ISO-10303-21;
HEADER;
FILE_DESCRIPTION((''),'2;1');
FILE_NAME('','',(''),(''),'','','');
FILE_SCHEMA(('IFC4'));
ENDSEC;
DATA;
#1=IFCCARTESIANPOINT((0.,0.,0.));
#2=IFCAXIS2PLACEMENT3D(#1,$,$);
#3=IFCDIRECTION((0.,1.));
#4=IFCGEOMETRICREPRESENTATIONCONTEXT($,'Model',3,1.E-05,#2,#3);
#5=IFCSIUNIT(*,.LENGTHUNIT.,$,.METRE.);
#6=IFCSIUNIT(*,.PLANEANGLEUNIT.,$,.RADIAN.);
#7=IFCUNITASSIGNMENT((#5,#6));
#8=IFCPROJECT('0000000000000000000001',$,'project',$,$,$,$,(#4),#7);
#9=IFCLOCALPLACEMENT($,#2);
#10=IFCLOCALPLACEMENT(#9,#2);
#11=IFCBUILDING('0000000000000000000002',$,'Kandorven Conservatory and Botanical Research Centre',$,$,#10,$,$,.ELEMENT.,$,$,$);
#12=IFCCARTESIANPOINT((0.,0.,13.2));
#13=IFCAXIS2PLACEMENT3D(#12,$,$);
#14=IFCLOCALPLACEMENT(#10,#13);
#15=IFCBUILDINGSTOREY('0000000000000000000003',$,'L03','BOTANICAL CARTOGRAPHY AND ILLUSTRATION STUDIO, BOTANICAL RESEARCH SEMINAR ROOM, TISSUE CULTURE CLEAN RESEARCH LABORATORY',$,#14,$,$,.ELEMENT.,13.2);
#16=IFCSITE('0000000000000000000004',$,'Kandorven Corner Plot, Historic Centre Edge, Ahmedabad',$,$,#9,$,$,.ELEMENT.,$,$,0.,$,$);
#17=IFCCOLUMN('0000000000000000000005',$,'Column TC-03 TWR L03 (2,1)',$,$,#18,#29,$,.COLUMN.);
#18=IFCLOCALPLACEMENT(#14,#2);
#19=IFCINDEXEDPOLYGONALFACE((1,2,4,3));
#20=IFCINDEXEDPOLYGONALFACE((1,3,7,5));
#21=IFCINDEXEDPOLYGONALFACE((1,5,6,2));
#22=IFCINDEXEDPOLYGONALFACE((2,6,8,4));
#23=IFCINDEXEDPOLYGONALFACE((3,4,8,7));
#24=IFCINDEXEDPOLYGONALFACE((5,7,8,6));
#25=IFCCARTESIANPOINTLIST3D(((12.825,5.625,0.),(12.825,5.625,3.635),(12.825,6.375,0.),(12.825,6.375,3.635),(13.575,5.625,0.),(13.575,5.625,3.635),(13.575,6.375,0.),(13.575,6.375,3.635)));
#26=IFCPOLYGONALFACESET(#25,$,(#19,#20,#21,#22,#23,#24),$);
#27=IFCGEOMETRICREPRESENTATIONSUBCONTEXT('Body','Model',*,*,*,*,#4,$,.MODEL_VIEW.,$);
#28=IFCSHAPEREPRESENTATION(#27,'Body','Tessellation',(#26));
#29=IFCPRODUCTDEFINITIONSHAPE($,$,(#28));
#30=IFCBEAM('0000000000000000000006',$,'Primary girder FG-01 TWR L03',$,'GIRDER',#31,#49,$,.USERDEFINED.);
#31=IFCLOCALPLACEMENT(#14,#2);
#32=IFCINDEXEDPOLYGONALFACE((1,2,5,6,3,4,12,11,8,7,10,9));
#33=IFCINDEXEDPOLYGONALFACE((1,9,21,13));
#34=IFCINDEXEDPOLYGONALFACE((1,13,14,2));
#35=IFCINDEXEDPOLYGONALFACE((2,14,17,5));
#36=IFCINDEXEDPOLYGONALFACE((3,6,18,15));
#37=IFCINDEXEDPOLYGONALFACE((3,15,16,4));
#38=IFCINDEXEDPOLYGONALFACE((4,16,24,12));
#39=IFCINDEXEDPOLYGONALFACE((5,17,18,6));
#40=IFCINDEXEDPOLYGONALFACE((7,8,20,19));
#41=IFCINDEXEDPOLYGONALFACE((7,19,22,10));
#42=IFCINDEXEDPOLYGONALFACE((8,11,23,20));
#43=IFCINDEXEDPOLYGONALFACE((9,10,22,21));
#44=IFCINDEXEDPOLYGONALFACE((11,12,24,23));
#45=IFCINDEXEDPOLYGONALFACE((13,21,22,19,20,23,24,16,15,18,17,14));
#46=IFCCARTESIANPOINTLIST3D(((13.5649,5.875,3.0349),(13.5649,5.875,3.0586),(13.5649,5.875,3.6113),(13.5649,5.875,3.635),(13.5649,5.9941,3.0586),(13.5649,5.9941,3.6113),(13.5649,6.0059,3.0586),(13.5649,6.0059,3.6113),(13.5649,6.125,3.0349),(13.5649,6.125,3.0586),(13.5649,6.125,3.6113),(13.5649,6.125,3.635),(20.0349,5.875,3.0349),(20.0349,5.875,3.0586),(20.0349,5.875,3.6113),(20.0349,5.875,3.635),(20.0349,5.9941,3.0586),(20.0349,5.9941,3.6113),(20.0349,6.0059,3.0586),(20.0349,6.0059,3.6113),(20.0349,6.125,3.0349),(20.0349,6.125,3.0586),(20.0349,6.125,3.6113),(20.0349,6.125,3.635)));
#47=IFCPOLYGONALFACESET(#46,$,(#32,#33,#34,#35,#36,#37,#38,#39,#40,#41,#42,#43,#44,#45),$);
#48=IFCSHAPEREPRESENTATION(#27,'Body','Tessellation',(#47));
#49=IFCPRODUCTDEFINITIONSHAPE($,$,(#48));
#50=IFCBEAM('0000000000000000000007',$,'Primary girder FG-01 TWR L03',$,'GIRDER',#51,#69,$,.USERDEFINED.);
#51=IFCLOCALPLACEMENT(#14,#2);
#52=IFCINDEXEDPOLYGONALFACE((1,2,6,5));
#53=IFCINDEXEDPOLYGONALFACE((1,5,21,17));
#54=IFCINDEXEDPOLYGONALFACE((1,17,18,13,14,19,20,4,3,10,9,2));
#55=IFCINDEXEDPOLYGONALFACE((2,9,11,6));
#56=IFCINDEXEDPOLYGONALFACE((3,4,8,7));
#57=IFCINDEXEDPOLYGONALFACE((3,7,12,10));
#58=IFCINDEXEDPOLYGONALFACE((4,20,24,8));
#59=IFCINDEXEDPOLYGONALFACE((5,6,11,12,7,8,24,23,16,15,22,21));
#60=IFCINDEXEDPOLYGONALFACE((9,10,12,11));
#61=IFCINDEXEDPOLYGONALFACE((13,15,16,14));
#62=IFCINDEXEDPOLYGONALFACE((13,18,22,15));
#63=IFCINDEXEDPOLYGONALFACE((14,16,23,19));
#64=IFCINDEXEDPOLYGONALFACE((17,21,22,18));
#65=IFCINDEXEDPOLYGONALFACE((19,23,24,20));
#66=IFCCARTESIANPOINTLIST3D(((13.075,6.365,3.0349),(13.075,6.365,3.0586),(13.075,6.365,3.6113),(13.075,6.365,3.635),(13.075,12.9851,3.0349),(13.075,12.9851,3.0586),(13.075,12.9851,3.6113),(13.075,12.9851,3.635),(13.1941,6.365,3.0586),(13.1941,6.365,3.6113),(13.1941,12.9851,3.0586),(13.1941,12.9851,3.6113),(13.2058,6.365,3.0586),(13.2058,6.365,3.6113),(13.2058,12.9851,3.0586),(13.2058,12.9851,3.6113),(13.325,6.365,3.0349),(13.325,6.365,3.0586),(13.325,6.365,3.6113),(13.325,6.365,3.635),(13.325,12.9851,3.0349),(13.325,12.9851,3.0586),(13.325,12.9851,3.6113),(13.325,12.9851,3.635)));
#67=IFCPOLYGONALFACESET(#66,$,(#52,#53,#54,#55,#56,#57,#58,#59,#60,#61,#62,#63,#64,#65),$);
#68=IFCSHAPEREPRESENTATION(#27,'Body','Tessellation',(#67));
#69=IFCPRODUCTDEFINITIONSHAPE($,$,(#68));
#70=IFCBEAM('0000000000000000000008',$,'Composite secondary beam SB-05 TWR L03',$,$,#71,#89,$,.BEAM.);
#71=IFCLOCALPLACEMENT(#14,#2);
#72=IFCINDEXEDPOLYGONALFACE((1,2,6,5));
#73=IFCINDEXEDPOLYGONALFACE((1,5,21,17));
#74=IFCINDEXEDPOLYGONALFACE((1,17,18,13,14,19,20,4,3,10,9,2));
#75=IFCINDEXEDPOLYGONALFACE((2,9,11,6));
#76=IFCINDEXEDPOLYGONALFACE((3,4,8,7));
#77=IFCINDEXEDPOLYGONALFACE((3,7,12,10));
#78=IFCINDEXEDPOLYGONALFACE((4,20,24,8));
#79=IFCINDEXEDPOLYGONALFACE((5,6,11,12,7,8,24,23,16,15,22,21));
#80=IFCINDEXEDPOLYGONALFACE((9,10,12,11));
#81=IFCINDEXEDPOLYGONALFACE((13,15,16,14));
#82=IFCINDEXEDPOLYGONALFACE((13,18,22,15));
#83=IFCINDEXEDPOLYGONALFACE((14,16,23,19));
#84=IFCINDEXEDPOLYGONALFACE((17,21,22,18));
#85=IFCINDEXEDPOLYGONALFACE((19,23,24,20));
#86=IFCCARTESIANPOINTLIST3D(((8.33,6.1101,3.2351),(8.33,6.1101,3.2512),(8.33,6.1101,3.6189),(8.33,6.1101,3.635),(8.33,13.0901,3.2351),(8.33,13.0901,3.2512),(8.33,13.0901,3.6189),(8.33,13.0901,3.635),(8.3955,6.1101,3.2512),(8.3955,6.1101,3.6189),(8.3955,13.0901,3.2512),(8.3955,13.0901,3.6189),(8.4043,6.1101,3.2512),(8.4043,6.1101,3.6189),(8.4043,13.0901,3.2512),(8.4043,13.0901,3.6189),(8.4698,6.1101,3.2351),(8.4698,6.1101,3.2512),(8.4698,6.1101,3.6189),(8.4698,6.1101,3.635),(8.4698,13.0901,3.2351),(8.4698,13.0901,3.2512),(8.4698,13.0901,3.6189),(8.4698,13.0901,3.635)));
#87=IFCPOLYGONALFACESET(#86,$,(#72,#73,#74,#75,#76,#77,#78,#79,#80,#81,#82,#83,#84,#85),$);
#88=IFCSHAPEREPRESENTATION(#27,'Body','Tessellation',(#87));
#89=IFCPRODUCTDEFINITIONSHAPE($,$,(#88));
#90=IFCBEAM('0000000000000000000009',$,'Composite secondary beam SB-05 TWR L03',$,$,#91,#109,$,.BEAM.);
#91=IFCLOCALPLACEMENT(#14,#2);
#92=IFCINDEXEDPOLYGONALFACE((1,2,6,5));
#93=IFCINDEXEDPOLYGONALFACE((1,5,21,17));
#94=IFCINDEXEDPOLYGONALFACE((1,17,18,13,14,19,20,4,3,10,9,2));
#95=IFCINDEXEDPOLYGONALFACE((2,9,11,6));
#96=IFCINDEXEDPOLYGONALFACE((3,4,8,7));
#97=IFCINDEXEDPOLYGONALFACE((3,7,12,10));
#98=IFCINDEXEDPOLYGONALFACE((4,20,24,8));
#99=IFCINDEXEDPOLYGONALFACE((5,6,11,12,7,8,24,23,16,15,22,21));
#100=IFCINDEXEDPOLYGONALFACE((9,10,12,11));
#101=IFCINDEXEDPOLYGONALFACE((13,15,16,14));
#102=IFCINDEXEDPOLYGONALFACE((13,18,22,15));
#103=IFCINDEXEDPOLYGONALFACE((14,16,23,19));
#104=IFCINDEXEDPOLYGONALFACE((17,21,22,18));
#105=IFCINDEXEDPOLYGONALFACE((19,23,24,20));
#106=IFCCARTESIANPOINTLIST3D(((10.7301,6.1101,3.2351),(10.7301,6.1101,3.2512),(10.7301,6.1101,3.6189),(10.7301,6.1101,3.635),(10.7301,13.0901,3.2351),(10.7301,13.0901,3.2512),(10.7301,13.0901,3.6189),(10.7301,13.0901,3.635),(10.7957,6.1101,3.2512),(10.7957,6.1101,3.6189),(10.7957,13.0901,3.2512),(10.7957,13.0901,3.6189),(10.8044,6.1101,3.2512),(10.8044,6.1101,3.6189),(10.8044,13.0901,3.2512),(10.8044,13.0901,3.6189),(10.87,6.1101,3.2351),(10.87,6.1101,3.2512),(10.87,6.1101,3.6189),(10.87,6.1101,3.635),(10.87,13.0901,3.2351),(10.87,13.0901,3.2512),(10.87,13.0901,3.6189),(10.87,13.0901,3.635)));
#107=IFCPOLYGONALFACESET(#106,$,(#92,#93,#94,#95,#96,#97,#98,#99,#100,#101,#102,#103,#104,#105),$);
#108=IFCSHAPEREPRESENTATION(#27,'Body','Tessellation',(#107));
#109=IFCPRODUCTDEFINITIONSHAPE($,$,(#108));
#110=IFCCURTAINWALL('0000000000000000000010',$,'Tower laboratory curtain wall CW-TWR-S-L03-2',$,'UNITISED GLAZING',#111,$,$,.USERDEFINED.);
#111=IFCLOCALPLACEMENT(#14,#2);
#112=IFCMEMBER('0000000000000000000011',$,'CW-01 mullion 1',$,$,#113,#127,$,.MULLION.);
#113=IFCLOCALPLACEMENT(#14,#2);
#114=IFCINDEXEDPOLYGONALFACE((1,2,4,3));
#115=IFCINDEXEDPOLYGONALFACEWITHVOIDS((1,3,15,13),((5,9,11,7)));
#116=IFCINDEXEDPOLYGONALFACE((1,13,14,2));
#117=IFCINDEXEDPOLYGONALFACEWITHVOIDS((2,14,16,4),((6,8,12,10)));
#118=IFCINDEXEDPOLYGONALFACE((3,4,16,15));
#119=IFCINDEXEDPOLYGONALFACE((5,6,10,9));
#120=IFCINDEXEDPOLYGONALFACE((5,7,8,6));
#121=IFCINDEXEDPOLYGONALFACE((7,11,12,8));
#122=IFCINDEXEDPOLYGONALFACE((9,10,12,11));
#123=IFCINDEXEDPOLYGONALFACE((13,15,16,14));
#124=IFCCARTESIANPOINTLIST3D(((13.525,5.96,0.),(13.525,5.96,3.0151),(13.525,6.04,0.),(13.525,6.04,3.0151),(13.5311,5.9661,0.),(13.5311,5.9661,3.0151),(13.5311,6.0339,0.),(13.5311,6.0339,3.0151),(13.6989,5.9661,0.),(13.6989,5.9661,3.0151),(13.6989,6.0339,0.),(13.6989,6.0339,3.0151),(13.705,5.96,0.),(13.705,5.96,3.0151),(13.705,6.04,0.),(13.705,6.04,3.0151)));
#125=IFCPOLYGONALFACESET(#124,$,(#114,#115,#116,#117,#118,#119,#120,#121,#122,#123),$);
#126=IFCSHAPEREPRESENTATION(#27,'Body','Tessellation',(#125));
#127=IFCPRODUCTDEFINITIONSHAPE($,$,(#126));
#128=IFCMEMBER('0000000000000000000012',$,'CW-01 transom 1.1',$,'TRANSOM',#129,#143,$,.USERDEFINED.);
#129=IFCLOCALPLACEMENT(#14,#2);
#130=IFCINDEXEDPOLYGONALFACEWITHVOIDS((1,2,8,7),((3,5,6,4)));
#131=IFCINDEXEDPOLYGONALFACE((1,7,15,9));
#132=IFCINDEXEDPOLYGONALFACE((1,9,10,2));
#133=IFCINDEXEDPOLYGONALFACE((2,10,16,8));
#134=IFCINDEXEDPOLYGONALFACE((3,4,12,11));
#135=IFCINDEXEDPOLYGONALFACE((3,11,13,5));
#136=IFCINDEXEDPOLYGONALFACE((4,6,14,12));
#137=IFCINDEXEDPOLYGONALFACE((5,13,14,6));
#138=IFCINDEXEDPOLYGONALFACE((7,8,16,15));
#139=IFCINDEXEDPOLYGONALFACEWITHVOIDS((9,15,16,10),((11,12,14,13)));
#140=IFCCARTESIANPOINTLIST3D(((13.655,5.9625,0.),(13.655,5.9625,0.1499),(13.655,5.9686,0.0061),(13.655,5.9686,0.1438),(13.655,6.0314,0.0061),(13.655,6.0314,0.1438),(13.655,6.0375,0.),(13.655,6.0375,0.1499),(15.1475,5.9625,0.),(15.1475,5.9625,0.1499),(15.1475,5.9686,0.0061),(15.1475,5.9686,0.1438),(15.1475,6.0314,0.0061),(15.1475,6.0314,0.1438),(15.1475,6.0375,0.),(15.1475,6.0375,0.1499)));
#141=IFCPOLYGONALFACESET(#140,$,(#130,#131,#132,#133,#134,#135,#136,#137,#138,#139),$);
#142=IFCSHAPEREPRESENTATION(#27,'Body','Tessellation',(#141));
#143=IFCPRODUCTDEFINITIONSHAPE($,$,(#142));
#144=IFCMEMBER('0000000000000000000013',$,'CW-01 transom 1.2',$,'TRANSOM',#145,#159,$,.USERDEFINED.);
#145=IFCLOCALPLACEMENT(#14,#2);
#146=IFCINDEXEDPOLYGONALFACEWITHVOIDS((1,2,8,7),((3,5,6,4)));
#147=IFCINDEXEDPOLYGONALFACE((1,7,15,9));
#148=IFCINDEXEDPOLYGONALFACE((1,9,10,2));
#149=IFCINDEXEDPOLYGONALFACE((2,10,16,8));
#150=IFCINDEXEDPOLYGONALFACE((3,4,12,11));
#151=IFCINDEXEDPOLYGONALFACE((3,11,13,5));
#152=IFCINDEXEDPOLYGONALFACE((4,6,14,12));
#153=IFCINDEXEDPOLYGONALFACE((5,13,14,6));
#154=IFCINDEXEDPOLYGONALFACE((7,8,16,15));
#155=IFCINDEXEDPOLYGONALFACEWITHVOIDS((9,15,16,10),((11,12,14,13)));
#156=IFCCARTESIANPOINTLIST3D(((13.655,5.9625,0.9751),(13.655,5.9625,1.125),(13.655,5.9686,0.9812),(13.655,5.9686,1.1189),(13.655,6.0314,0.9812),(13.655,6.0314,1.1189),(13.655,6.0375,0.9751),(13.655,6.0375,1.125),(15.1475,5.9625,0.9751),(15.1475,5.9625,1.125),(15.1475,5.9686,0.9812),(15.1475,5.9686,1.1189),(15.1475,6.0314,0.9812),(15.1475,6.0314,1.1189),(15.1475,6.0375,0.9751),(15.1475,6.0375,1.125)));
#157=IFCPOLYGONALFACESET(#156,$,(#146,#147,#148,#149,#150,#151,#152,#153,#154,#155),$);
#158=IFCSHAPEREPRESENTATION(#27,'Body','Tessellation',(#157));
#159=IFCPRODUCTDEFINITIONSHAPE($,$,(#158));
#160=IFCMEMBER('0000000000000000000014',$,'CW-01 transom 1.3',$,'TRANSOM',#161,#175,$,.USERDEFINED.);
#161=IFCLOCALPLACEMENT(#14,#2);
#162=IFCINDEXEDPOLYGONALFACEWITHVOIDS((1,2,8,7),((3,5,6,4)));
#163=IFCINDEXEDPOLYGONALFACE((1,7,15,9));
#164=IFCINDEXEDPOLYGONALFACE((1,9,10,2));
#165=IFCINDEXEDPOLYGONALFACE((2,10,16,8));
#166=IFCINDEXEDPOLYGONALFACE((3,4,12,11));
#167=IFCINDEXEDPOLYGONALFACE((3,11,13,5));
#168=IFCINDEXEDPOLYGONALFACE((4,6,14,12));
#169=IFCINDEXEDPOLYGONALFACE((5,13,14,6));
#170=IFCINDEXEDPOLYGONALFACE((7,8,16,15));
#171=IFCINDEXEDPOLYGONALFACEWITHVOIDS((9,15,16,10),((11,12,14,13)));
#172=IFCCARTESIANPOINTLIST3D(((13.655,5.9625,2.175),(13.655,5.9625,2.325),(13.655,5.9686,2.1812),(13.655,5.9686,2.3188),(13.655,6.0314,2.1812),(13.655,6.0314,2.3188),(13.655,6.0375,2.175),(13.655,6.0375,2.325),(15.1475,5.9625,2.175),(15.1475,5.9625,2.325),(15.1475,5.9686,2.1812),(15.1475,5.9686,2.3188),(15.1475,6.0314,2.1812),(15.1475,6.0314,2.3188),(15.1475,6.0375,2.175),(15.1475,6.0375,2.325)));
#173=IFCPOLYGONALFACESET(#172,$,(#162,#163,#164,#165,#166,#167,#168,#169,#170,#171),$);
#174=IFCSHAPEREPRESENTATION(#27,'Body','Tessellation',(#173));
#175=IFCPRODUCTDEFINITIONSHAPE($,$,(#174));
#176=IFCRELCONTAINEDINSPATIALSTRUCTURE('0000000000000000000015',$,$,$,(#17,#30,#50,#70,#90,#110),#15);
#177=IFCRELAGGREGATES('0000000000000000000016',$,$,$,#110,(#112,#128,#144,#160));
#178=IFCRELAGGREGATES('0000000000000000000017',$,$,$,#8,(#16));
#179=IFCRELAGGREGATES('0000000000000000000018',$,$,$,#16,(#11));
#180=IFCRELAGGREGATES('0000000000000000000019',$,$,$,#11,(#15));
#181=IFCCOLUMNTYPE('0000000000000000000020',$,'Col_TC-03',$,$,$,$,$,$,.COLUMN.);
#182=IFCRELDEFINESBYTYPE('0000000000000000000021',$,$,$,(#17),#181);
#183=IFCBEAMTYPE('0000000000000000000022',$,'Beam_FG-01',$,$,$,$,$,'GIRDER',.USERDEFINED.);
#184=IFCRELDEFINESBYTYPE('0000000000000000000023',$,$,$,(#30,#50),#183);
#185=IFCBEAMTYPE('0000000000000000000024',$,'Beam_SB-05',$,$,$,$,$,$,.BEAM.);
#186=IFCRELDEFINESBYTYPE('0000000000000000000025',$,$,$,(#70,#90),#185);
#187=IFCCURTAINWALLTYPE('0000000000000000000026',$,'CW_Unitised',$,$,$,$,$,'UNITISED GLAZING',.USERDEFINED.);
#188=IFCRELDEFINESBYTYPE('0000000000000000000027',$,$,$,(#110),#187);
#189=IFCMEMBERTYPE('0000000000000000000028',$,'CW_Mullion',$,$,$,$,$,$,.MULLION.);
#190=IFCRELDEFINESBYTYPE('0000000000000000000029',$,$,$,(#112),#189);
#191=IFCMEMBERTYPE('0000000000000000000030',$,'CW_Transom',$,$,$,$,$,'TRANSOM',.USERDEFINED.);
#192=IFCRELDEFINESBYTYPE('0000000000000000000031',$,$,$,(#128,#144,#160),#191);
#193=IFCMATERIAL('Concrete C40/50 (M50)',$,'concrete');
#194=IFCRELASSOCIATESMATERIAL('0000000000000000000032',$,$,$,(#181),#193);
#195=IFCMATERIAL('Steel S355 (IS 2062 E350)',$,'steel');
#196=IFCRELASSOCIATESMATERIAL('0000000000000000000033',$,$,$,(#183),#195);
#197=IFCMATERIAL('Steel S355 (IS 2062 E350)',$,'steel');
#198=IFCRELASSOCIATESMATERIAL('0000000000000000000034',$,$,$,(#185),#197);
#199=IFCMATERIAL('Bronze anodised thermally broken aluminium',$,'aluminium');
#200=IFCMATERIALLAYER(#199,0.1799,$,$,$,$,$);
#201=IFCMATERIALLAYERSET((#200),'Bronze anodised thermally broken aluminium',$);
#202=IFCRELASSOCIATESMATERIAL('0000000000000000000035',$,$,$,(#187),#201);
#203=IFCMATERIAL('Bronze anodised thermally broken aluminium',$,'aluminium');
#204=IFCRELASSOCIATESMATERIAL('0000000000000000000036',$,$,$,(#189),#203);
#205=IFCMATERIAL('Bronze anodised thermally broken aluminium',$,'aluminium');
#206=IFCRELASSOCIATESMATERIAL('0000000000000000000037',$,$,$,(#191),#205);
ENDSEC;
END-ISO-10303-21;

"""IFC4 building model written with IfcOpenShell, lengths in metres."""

from ifc_helpers import new_model, si_unit, direction, frame, origin, origin_2d, place, context, subcontext, project, spatial, rectangle, hollow_rectangle, i_section, extrude, material, layer, layer_set, material_profile, profile_set, type_object, element, aggregate, save


model = new_model("IFC4")

# Units and contexts
model_context = context("Model", 3, precision=1e-05, world=origin(), true_north=direction((0.0, 1.0)))
body_context = subcontext(model_context, "Body", "Model", "MODEL_VIEW")
ifc_project = project(units=[si_unit("LENGTHUNIT", "METRE"), si_unit("PLANEANGLEUNIT", "RADIAN")], contexts=[model_context])

# Site, building, storey
site_placement = place(None, origin())
site = spatial("IfcSite", under=ifc_project, at=site_placement, Name="Kandorven Corner Plot, Historic Centre Edge, Ahmedabad", CompositionType="ELEMENT", RefElevation=0.0)
building_placement = place(site_placement, origin())
building = spatial("IfcBuilding", under=site, at=building_placement, Name="Kandorven Conservatory and Botanical Research Centre", CompositionType="ELEMENT")
storey_placement = place(building_placement, frame((0.0, 0.0, 13.2)))
storey = spatial("IfcBuildingStorey", under=building, at=storey_placement, Name="L03", Description="BOTANICAL CARTOGRAPHY AND ILLUSTRATION STUDIO, BOTANICAL RESEARCH SEMINAR ROOM, TISSUE CULTURE CLEAN RESEARCH LABORATORY", CompositionType="ELEMENT", Elevation=13.2)

# Column
ifc_material_1 = material(Name="Concrete C40/50 (M50)", Category="concrete")
ifc_material_profile_1 = material_profile(ifc_material_1, rectangle(XDim=0.75, YDim=0.75, at=origin_2d()))
ifc_profile_set_1 = profile_set([ifc_material_profile_1], Name="Concrete C40/50 (M50)")
column_type = type_object("IfcColumnType", Name="Col_TC-03", PredefinedType="COLUMN", material=ifc_profile_set_1)
column_placement = place(storey_placement, frame((13.2, 6.0, 0.0), z_axis=(0.0, 0.0, 1.0), x_axis=(1.0, 0.0, 0.0)))
element("IfcColumn", 1, at=column_placement, inside=storey, type_object=column_type, Name="Column TC-03 TWR L03 (2,1)", PredefinedType="COLUMN", context=body_context, shape_type="SweptSolid", body=[
    extrude(rectangle(XDim=0.75, YDim=0.75, at=origin_2d()), origin(), (0.0, 0.0, 1.0), 3.635),
])

# Beams
ifc_material_2 = material(Name="Steel S355 (IS 2062 E350)", Category="steel")
ifc_material_profile_2 = material_profile(ifc_material_2, i_section(OverallWidth=0.25, OverallDepth=0.6001, WebThickness=0.0117, FlangeThickness=0.0237, at=origin_2d()))
ifc_profile_set_2 = profile_set([ifc_material_profile_2], Name="Steel S355 (IS 2062 E350)")
beam_type_1 = type_object("IfcBeamType", Name="Beam_FG-01", ElementType="GIRDER", PredefinedType="USERDEFINED", material=ifc_profile_set_2)
beam_1_placement = place(storey_placement, frame((13.5649, 6.0, 3.335), z_axis=(1.0, 0.0, 0.0), x_axis=(0.0, 1.0, 0.0)))
element("IfcBeam", 2, at=beam_1_placement, inside=storey, type_object=beam_type_1, Name="Primary girder FG-01 TWR L03", ObjectType="GIRDER", PredefinedType="USERDEFINED", context=body_context, shape_type="SweptSolid", body=[
    extrude(i_section(OverallWidth=0.25, OverallDepth=0.6001, WebThickness=0.0117, FlangeThickness=0.0237, at=origin_2d()), origin(), (0.0, 0.0, 1.0), 6.47),
])
beam_2_placement = place(storey_placement, frame((13.2, 6.365, 3.335), z_axis=(0.0, 1.0, 0.0), x_axis=(-1.0, 0.0, 0.0)))
element("IfcBeam", 3, at=beam_2_placement, inside=storey, type_object=beam_type_1, Name="Primary girder FG-01 TWR L03", ObjectType="GIRDER", PredefinedType="USERDEFINED", context=body_context, shape_type="SweptSolid", body=[
    extrude(i_section(OverallWidth=0.25, OverallDepth=0.6001, WebThickness=0.0117, FlangeThickness=0.0237, at=origin_2d()), origin(), (0.0, 0.0, 1.0), 6.6201),
])
ifc_material_3 = material(Name="Steel S355 (IS 2062 E350)", Category="steel")
ifc_material_profile_3 = material_profile(ifc_material_3, i_section(OverallWidth=0.1399, OverallDepth=0.3999, WebThickness=0.0088, FlangeThickness=0.0161, at=origin_2d()))
ifc_profile_set_3 = profile_set([ifc_material_profile_3], Name="Steel S355 (IS 2062 E350)")
beam_type_2 = type_object("IfcBeamType", Name="Beam_SB-05", PredefinedType="BEAM", material=ifc_profile_set_3)
for number, where, z_axis, x_axis, name in (
    (4, (8.3999, 6.1101, 3.4351), (0.0, 1.0, 0.0), (-1.0, 0.0, 0.0), "Composite secondary beam SB-05 TWR L03"),
    (5, (10.8, 6.1101, 3.4351), (0.0, 1.0, 0.0), (-1.0, 0.0, 0.0), "Composite secondary beam SB-05 TWR L03"),
):
    element("IfcBeam", number, at=place(storey_placement, frame(where, z_axis=z_axis, x_axis=x_axis)), inside=storey, type_object=beam_type_2, Name=name, PredefinedType="BEAM", context=body_context, shape_type="SweptSolid", body=[
        extrude(i_section(OverallWidth=0.1399, OverallDepth=0.3999, WebThickness=0.0088, FlangeThickness=0.0161, at=origin_2d()), origin(), (0.0, 0.0, 1.0), 6.98),
    ])

# Curtain wall, members
ifc_material_4 = material(Name="Bronze anodised thermally broken aluminium", Category="aluminium")
ifc_layer_1 = layer(ifc_material_4, 0.1799)
ifc_layer_set_1 = layer_set([ifc_layer_1], Name="Bronze anodised thermally broken aluminium")
curtain_wall_type = type_object("IfcCurtainWallType", Name="CW_Unitised", ElementType="UNITISED GLAZING", PredefinedType="USERDEFINED", material=ifc_layer_set_1)
curtain_wall_placement = place(storey_placement, origin())
curtain_wall = element("IfcCurtainWall", 6, at=curtain_wall_placement, inside=storey, type_object=curtain_wall_type, Name="Tower laboratory curtain wall CW-TWR-S-L03-2", ObjectType="UNITISED GLAZING", PredefinedType="USERDEFINED")
ifc_material_5 = material(Name="Bronze anodised thermally broken aluminium", Category="aluminium")
ifc_material_profile_4 = material_profile(ifc_material_5, hollow_rectangle(XDim=0.0801, YDim=0.1799, WallThickness=0.0061, at=origin_2d()))
ifc_profile_set_4 = profile_set([ifc_material_profile_4], Name="Bronze anodised thermally broken aluminium")
member_type_1 = type_object("IfcMemberType", Name="CW_Mullion", PredefinedType="MULLION", material=ifc_profile_set_4)
member_1_placement = place(storey_placement, frame((13.615, 6.0, 0.0), z_axis=(0.0, 0.0, 1.0), x_axis=(0.0, 1.0, 0.0)))
member_1 = element("IfcMember", 7, at=member_1_placement, type_object=member_type_1, Name="CW-01 mullion 1", PredefinedType="MULLION", context=body_context, shape_type="SweptSolid", body=[
    extrude(hollow_rectangle(XDim=0.0801, YDim=0.1799, WallThickness=0.0061, at=origin_2d()), origin(), (0.0, 0.0, 1.0), 3.0151),
])
ifc_material_6 = material(Name="Bronze anodised thermally broken aluminium", Category="aluminium")
ifc_material_profile_5 = material_profile(ifc_material_6, hollow_rectangle(XDim=0.075, YDim=0.1499, WallThickness=0.0061, at=origin_2d()))
ifc_profile_set_5 = profile_set([ifc_material_profile_5], Name="Bronze anodised thermally broken aluminium")
member_type_2 = type_object("IfcMemberType", Name="CW_Transom", ElementType="TRANSOM", PredefinedType="USERDEFINED", material=ifc_profile_set_5)
member_2_placement = place(storey_placement, frame((13.655, 6.0, 0.075), z_axis=(1.0, 0.0, 0.0), x_axis=(0.0, 1.0, 0.0)))
member_2 = element("IfcMember", 8, at=member_2_placement, type_object=member_type_2, Name="CW-01 transom 1.1", ObjectType="TRANSOM", PredefinedType="USERDEFINED", context=body_context, shape_type="SweptSolid", body=[
    extrude(hollow_rectangle(XDim=0.075, YDim=0.1499, WallThickness=0.0061, at=origin_2d()), origin(), (0.0, 0.0, 1.0), 1.4924),
])
member_3_placement = place(storey_placement, frame((13.655, 6.0, 1.05), z_axis=(1.0, 0.0, 0.0), x_axis=(0.0, 1.0, 0.0)))
member_3 = element("IfcMember", 9, at=member_3_placement, type_object=member_type_2, Name="CW-01 transom 1.2", ObjectType="TRANSOM", PredefinedType="USERDEFINED", context=body_context, shape_type="SweptSolid", body=[
    extrude(hollow_rectangle(XDim=0.075, YDim=0.1499, WallThickness=0.0061, at=origin_2d()), origin(), (0.0, 0.0, 1.0), 1.4924),
])
member_4_placement = place(storey_placement, frame((13.655, 6.0, 2.25), z_axis=(1.0, 0.0, 0.0), x_axis=(0.0, 1.0, 0.0)))
member_4 = element("IfcMember", 10, at=member_4_placement, type_object=member_type_2, Name="CW-01 transom 1.3", ObjectType="TRANSOM", PredefinedType="USERDEFINED", context=body_context, shape_type="SweptSolid", body=[
    extrude(hollow_rectangle(XDim=0.075, YDim=0.1499, WallThickness=0.0061, at=origin_2d()), origin(), (0.0, 0.0, 1.0), 1.4924),
])

aggregate(curtain_wall, [member_1, member_2, member_3, member_4])

save(model, "model.ifc")
